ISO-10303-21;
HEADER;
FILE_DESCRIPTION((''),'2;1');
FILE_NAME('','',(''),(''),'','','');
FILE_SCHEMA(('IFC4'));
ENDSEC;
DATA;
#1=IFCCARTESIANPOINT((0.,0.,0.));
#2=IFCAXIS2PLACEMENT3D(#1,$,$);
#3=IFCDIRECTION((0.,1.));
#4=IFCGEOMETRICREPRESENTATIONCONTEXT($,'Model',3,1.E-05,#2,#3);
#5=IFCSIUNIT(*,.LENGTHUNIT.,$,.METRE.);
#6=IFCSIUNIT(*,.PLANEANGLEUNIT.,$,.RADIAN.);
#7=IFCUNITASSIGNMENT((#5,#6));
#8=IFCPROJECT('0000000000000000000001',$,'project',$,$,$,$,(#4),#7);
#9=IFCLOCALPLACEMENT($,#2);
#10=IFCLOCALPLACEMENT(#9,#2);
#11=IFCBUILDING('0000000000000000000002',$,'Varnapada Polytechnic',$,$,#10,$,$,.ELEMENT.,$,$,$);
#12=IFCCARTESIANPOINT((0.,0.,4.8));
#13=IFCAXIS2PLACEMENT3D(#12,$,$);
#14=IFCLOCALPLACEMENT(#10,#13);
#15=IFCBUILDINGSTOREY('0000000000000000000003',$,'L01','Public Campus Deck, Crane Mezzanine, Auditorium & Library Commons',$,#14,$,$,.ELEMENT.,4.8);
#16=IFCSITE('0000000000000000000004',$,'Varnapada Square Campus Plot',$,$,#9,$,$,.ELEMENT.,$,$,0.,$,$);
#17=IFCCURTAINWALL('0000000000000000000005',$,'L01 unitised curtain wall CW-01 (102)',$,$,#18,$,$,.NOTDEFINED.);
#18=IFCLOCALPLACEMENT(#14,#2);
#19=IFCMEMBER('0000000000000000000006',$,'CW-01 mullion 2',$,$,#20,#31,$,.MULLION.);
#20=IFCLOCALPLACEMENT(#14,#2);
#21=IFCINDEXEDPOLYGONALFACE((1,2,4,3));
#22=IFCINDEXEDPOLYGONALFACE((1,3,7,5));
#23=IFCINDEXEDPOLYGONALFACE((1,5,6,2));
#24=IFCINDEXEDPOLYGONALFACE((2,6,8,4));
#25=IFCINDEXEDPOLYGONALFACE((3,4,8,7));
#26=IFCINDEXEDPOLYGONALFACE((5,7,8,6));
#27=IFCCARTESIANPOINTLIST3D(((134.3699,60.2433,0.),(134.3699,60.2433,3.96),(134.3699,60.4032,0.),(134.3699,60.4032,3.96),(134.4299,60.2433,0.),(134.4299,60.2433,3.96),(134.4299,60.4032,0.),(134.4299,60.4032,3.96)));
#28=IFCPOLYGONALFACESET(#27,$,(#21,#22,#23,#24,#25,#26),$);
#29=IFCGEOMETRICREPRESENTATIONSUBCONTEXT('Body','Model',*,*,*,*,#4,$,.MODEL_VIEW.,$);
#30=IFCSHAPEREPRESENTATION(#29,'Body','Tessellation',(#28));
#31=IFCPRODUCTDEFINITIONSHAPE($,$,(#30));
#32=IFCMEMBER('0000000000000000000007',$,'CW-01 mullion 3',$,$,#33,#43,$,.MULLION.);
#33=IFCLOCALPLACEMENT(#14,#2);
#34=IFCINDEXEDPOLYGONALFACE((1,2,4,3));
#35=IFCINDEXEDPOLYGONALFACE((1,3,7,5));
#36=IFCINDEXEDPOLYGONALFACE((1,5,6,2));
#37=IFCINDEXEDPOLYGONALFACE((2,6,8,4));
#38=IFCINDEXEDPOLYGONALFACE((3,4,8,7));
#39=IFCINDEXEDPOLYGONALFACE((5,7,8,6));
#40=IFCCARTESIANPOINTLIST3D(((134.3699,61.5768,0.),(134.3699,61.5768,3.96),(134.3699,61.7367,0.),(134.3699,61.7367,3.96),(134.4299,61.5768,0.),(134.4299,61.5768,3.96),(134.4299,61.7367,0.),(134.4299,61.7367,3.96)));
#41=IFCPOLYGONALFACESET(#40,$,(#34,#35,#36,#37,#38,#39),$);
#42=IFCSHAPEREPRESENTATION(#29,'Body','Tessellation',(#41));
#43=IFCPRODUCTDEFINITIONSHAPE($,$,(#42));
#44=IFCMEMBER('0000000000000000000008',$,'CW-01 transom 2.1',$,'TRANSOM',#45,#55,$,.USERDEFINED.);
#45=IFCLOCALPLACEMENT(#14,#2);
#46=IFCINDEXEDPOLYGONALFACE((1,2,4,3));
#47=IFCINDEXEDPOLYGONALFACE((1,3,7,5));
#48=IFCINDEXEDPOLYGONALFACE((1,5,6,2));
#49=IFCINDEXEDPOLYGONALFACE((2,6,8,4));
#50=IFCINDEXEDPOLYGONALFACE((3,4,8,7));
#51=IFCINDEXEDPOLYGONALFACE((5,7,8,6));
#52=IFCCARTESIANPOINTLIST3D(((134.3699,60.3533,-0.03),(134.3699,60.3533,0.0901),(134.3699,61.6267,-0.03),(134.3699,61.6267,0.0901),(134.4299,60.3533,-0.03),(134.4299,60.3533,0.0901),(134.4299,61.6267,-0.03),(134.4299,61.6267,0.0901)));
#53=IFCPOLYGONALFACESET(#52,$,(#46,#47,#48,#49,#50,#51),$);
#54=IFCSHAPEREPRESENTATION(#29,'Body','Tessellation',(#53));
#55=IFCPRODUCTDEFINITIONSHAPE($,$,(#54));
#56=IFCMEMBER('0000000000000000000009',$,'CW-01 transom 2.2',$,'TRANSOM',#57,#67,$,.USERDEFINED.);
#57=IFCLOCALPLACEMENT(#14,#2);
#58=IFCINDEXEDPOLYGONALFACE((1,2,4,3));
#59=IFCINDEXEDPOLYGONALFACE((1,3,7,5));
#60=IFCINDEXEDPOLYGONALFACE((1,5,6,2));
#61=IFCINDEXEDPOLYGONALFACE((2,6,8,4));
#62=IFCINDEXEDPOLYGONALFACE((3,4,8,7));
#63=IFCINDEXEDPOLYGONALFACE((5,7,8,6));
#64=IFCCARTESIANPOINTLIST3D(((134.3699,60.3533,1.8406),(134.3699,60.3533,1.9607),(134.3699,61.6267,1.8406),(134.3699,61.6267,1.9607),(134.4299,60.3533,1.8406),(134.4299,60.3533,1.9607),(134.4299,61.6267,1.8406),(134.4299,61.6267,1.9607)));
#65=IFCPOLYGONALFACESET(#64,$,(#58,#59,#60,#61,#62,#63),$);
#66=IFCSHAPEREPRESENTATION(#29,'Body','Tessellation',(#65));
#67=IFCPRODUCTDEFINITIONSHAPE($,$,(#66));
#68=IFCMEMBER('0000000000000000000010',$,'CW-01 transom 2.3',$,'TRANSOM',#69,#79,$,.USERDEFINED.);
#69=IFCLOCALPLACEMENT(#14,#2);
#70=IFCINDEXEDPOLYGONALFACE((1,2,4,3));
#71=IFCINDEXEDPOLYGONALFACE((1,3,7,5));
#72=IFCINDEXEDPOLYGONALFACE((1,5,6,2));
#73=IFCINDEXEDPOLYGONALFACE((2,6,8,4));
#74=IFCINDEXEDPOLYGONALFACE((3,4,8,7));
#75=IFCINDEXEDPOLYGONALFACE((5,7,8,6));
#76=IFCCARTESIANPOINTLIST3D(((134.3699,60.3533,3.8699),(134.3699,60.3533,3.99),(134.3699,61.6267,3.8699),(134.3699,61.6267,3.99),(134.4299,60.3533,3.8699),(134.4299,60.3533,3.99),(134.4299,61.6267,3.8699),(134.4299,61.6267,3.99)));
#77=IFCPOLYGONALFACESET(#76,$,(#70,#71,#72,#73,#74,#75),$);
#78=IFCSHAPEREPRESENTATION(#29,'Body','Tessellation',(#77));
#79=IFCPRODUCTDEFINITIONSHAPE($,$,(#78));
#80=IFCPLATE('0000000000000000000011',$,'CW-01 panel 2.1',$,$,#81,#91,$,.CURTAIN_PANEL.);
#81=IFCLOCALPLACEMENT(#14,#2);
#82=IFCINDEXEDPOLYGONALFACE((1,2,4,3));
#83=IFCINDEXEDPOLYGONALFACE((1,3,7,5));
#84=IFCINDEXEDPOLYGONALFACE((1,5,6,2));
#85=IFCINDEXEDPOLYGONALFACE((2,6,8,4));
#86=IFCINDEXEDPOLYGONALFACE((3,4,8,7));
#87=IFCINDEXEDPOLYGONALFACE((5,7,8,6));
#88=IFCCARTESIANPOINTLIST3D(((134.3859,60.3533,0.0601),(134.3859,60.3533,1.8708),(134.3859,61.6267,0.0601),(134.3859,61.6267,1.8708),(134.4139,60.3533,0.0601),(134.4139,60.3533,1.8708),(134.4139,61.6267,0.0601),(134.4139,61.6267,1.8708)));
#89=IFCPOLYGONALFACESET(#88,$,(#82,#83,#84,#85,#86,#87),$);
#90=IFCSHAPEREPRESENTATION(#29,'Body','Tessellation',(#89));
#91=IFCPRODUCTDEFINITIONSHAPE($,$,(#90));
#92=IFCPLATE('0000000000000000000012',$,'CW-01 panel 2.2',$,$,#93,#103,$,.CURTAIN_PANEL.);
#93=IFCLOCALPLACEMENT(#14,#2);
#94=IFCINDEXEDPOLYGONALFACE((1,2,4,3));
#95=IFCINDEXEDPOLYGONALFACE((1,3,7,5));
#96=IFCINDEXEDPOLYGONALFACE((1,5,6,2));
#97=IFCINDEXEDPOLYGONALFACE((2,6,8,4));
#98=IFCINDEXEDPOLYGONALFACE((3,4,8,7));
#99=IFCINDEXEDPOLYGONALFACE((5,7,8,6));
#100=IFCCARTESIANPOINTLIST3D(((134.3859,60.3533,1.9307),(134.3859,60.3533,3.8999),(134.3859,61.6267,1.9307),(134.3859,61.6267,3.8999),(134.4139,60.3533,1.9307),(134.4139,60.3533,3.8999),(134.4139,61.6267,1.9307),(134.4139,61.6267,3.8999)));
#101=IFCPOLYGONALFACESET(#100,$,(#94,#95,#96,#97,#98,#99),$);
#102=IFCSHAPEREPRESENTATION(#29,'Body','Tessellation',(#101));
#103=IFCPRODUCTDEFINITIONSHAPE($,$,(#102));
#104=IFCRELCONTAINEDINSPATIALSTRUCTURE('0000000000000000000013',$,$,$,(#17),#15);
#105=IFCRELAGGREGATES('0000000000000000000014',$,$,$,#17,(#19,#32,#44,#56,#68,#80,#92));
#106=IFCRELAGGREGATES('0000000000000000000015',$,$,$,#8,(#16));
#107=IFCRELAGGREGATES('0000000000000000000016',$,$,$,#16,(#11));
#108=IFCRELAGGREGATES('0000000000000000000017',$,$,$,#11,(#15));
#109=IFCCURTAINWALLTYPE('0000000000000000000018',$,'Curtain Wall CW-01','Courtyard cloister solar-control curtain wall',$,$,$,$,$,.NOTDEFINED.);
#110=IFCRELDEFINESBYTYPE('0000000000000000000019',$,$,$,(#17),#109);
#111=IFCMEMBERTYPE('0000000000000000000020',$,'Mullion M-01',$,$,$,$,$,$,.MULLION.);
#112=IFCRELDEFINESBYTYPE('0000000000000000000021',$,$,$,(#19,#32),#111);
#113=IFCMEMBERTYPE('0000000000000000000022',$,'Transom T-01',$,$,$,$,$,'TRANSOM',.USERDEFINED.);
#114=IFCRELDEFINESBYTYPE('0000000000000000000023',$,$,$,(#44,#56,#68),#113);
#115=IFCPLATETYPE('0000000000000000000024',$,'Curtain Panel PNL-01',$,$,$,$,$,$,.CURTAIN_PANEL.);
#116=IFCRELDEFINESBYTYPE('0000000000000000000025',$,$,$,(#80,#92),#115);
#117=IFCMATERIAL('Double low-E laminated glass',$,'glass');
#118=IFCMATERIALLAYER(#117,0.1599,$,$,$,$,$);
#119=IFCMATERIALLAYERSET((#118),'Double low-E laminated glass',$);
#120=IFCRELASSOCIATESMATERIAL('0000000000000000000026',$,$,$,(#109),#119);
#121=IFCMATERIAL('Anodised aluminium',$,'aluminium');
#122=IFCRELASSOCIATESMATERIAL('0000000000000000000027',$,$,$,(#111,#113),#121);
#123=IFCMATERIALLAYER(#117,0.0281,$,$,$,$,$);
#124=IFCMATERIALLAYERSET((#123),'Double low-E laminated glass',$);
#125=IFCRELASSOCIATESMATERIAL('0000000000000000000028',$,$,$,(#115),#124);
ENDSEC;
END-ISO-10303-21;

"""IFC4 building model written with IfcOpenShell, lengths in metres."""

from ifc_helpers import new_model, si_unit, direction, frame, origin, origin_2d, place, context, subcontext, project, spatial, rectangle, extrude, material, layer, layer_set, material_profile, profile_set, type_object, element, aggregate, save


model = new_model("IFC4")

# Units and contexts
model_context = context("Model", 3, precision=1e-05, world=origin(), true_north=direction((0.0, 1.0)))
body_context = subcontext(model_context, "Body", "Model", "MODEL_VIEW")
ifc_project = project(units=[si_unit("LENGTHUNIT", "METRE"), si_unit("PLANEANGLEUNIT", "RADIAN")], contexts=[model_context])

# Site, building, storey
site_placement = place(None, origin())
site = spatial("IfcSite", under=ifc_project, at=site_placement, Name="Varnapada Square Campus Plot", CompositionType="ELEMENT", RefElevation=0.0)
building_placement = place(site_placement, origin())
building = spatial("IfcBuilding", under=site, at=building_placement, Name="Varnapada Polytechnic", CompositionType="ELEMENT")
storey_placement = place(building_placement, frame((0.0, 0.0, 4.8)))
storey = spatial("IfcBuildingStorey", under=building, at=storey_placement, Name="L01", Description="Public Campus Deck, Crane Mezzanine, Auditorium & Library Commons", CompositionType="ELEMENT", Elevation=4.8)

# Curtain wall, members, plates
ifc_material_1 = material(Name="Double low-E laminated glass", Category="glass")
ifc_layer_1 = layer(ifc_material_1, 0.1599)
ifc_layer_set_1 = layer_set([ifc_layer_1], Name="Double low-E laminated glass")
curtain_wall_type = type_object("IfcCurtainWallType", Name="Curtain Wall CW-01", Description="Courtyard cloister solar-control curtain wall", PredefinedType="NOTDEFINED", material=ifc_layer_set_1)
curtain_wall_placement = place(storey_placement, origin())
curtain_wall = element("IfcCurtainWall", 1, at=curtain_wall_placement, inside=storey, type_object=curtain_wall_type, Name="L01 unitised curtain wall CW-01 (102)", PredefinedType="NOTDEFINED")
ifc_material_2 = material(Name="Anodised aluminium", Category="aluminium")
ifc_material_profile_1 = material_profile(ifc_material_2, rectangle(XDim=0.0601, YDim=0.1599, at=origin_2d()), Name="ALU M60x160")
ifc_profile_set_1 = profile_set([ifc_material_profile_1], Name="Anodised aluminium")
member_type_1 = type_object("IfcMemberType", Name="Mullion M-01", PredefinedType="MULLION", material=ifc_profile_set_1)
member_1_placement = place(storey_placement, frame((134.3999, 60.3232, 0.0), z_axis=(0.0, 0.0, 1.0), x_axis=(-1.0, 0.0, 0.0)))
member_1 = element("IfcMember", 2, at=member_1_placement, type_object=member_type_1, Name="CW-01 mullion 2", PredefinedType="MULLION", context=body_context, shape_type="SweptSolid", body=[
    extrude(rectangle(XDim=0.0601, YDim=0.1599, at=origin_2d()), origin(), (0.0, 0.0, 1.0), 3.96),
])
member_2_placement = place(storey_placement, frame((134.3999, 61.6567, 0.0), z_axis=(0.0, 0.0, 1.0), x_axis=(-1.0, 0.0, 0.0)))
member_2 = element("IfcMember", 3, at=member_2_placement, type_object=member_type_1, Name="CW-01 mullion 3", PredefinedType="MULLION", context=body_context, shape_type="SweptSolid", body=[
    extrude(rectangle(XDim=0.0601, YDim=0.1599, at=origin_2d()), origin(), (0.0, 0.0, 1.0), 3.96),
])
ifc_material_profile_2 = material_profile(ifc_material_2, rectangle(XDim=0.0601, YDim=0.1201, at=origin_2d()), Name="ALU T60x120")
ifc_profile_set_2 = profile_set([ifc_material_profile_2], Name="Anodised aluminium")
member_type_2 = type_object("IfcMemberType", Name="Transom T-01", ElementType="TRANSOM", PredefinedType="USERDEFINED", material=ifc_profile_set_2)
member_3_placement = place(storey_placement, frame((134.3999, 60.3533, 0.03), z_axis=(0.0, 1.0, 0.0), x_axis=(-1.0, 0.0, 0.0)))
member_3 = element("IfcMember", 4, at=member_3_placement, type_object=member_type_2, Name="CW-01 transom 2.1", ObjectType="TRANSOM", PredefinedType="USERDEFINED", context=body_context, shape_type="SweptSolid", body=[
    extrude(rectangle(XDim=0.0601, YDim=0.1201, at=origin_2d()), origin(), (0.0, 0.0, 1.0), 1.2734),
])
member_4_placement = place(storey_placement, frame((134.3999, 60.3533, 1.9006), z_axis=(0.0, 1.0, 0.0), x_axis=(-1.0, 0.0, 0.0)))
member_4 = element("IfcMember", 5, at=member_4_placement, type_object=member_type_2, Name="CW-01 transom 2.2", ObjectType="TRANSOM", PredefinedType="USERDEFINED", context=body_context, shape_type="SweptSolid", body=[
    extrude(rectangle(XDim=0.0601, YDim=0.1201, at=origin_2d()), origin(), (0.0, 0.0, 1.0), 1.2734),
])
member_5_placement = place(storey_placement, frame((134.3999, 60.3533, 3.9299), z_axis=(0.0, 1.0, 0.0), x_axis=(-1.0, 0.0, 0.0)))
member_5 = element("IfcMember", 6, at=member_5_placement, type_object=member_type_2, Name="CW-01 transom 2.3", ObjectType="TRANSOM", PredefinedType="USERDEFINED", context=body_context, shape_type="SweptSolid", body=[
    extrude(rectangle(XDim=0.0601, YDim=0.1201, at=origin_2d()), origin(), (0.0, 0.0, 1.0), 1.2734),
])
ifc_layer_2 = layer(ifc_material_1, 0.0281)
ifc_layer_set_2 = layer_set([ifc_layer_2], Name="Double low-E laminated glass")
plate_type = type_object("IfcPlateType", Name="Curtain Panel PNL-01", PredefinedType="CURTAIN_PANEL", material=ifc_layer_set_2)
plate_1_placement = place(storey_placement, frame((134.3999, 60.99, 0.0601), z_axis=(0.0, 0.0, 1.0), x_axis=(0.0, 1.0, 0.0)))
plate_1 = element("IfcPlate", 7, at=plate_1_placement, type_object=plate_type, Name="CW-01 panel 2.1", PredefinedType="CURTAIN_PANEL", context=body_context, shape_type="SweptSolid", body=[
    extrude(rectangle(XDim=1.2734, YDim=0.0281, at=origin_2d()), origin(), (0.0, 0.0, 1.0), 1.8108),
])
plate_2_placement = place(storey_placement, frame((134.3999, 60.99, 1.9307), z_axis=(0.0, 0.0, 1.0), x_axis=(0.0, 1.0, 0.0)))
plate_2 = element("IfcPlate", 8, at=plate_2_placement, type_object=plate_type, Name="CW-01 panel 2.2", PredefinedType="CURTAIN_PANEL", context=body_context, shape_type="SweptSolid", body=[
    extrude(rectangle(XDim=1.2734, YDim=0.0281, at=origin_2d()), origin(), (0.0, 0.0, 1.0), 1.9692),
])
aggregate(curtain_wall, [member_1, member_2, member_3, member_4, member_5, plate_1, plate_2])

save(model, "model.ifc")
